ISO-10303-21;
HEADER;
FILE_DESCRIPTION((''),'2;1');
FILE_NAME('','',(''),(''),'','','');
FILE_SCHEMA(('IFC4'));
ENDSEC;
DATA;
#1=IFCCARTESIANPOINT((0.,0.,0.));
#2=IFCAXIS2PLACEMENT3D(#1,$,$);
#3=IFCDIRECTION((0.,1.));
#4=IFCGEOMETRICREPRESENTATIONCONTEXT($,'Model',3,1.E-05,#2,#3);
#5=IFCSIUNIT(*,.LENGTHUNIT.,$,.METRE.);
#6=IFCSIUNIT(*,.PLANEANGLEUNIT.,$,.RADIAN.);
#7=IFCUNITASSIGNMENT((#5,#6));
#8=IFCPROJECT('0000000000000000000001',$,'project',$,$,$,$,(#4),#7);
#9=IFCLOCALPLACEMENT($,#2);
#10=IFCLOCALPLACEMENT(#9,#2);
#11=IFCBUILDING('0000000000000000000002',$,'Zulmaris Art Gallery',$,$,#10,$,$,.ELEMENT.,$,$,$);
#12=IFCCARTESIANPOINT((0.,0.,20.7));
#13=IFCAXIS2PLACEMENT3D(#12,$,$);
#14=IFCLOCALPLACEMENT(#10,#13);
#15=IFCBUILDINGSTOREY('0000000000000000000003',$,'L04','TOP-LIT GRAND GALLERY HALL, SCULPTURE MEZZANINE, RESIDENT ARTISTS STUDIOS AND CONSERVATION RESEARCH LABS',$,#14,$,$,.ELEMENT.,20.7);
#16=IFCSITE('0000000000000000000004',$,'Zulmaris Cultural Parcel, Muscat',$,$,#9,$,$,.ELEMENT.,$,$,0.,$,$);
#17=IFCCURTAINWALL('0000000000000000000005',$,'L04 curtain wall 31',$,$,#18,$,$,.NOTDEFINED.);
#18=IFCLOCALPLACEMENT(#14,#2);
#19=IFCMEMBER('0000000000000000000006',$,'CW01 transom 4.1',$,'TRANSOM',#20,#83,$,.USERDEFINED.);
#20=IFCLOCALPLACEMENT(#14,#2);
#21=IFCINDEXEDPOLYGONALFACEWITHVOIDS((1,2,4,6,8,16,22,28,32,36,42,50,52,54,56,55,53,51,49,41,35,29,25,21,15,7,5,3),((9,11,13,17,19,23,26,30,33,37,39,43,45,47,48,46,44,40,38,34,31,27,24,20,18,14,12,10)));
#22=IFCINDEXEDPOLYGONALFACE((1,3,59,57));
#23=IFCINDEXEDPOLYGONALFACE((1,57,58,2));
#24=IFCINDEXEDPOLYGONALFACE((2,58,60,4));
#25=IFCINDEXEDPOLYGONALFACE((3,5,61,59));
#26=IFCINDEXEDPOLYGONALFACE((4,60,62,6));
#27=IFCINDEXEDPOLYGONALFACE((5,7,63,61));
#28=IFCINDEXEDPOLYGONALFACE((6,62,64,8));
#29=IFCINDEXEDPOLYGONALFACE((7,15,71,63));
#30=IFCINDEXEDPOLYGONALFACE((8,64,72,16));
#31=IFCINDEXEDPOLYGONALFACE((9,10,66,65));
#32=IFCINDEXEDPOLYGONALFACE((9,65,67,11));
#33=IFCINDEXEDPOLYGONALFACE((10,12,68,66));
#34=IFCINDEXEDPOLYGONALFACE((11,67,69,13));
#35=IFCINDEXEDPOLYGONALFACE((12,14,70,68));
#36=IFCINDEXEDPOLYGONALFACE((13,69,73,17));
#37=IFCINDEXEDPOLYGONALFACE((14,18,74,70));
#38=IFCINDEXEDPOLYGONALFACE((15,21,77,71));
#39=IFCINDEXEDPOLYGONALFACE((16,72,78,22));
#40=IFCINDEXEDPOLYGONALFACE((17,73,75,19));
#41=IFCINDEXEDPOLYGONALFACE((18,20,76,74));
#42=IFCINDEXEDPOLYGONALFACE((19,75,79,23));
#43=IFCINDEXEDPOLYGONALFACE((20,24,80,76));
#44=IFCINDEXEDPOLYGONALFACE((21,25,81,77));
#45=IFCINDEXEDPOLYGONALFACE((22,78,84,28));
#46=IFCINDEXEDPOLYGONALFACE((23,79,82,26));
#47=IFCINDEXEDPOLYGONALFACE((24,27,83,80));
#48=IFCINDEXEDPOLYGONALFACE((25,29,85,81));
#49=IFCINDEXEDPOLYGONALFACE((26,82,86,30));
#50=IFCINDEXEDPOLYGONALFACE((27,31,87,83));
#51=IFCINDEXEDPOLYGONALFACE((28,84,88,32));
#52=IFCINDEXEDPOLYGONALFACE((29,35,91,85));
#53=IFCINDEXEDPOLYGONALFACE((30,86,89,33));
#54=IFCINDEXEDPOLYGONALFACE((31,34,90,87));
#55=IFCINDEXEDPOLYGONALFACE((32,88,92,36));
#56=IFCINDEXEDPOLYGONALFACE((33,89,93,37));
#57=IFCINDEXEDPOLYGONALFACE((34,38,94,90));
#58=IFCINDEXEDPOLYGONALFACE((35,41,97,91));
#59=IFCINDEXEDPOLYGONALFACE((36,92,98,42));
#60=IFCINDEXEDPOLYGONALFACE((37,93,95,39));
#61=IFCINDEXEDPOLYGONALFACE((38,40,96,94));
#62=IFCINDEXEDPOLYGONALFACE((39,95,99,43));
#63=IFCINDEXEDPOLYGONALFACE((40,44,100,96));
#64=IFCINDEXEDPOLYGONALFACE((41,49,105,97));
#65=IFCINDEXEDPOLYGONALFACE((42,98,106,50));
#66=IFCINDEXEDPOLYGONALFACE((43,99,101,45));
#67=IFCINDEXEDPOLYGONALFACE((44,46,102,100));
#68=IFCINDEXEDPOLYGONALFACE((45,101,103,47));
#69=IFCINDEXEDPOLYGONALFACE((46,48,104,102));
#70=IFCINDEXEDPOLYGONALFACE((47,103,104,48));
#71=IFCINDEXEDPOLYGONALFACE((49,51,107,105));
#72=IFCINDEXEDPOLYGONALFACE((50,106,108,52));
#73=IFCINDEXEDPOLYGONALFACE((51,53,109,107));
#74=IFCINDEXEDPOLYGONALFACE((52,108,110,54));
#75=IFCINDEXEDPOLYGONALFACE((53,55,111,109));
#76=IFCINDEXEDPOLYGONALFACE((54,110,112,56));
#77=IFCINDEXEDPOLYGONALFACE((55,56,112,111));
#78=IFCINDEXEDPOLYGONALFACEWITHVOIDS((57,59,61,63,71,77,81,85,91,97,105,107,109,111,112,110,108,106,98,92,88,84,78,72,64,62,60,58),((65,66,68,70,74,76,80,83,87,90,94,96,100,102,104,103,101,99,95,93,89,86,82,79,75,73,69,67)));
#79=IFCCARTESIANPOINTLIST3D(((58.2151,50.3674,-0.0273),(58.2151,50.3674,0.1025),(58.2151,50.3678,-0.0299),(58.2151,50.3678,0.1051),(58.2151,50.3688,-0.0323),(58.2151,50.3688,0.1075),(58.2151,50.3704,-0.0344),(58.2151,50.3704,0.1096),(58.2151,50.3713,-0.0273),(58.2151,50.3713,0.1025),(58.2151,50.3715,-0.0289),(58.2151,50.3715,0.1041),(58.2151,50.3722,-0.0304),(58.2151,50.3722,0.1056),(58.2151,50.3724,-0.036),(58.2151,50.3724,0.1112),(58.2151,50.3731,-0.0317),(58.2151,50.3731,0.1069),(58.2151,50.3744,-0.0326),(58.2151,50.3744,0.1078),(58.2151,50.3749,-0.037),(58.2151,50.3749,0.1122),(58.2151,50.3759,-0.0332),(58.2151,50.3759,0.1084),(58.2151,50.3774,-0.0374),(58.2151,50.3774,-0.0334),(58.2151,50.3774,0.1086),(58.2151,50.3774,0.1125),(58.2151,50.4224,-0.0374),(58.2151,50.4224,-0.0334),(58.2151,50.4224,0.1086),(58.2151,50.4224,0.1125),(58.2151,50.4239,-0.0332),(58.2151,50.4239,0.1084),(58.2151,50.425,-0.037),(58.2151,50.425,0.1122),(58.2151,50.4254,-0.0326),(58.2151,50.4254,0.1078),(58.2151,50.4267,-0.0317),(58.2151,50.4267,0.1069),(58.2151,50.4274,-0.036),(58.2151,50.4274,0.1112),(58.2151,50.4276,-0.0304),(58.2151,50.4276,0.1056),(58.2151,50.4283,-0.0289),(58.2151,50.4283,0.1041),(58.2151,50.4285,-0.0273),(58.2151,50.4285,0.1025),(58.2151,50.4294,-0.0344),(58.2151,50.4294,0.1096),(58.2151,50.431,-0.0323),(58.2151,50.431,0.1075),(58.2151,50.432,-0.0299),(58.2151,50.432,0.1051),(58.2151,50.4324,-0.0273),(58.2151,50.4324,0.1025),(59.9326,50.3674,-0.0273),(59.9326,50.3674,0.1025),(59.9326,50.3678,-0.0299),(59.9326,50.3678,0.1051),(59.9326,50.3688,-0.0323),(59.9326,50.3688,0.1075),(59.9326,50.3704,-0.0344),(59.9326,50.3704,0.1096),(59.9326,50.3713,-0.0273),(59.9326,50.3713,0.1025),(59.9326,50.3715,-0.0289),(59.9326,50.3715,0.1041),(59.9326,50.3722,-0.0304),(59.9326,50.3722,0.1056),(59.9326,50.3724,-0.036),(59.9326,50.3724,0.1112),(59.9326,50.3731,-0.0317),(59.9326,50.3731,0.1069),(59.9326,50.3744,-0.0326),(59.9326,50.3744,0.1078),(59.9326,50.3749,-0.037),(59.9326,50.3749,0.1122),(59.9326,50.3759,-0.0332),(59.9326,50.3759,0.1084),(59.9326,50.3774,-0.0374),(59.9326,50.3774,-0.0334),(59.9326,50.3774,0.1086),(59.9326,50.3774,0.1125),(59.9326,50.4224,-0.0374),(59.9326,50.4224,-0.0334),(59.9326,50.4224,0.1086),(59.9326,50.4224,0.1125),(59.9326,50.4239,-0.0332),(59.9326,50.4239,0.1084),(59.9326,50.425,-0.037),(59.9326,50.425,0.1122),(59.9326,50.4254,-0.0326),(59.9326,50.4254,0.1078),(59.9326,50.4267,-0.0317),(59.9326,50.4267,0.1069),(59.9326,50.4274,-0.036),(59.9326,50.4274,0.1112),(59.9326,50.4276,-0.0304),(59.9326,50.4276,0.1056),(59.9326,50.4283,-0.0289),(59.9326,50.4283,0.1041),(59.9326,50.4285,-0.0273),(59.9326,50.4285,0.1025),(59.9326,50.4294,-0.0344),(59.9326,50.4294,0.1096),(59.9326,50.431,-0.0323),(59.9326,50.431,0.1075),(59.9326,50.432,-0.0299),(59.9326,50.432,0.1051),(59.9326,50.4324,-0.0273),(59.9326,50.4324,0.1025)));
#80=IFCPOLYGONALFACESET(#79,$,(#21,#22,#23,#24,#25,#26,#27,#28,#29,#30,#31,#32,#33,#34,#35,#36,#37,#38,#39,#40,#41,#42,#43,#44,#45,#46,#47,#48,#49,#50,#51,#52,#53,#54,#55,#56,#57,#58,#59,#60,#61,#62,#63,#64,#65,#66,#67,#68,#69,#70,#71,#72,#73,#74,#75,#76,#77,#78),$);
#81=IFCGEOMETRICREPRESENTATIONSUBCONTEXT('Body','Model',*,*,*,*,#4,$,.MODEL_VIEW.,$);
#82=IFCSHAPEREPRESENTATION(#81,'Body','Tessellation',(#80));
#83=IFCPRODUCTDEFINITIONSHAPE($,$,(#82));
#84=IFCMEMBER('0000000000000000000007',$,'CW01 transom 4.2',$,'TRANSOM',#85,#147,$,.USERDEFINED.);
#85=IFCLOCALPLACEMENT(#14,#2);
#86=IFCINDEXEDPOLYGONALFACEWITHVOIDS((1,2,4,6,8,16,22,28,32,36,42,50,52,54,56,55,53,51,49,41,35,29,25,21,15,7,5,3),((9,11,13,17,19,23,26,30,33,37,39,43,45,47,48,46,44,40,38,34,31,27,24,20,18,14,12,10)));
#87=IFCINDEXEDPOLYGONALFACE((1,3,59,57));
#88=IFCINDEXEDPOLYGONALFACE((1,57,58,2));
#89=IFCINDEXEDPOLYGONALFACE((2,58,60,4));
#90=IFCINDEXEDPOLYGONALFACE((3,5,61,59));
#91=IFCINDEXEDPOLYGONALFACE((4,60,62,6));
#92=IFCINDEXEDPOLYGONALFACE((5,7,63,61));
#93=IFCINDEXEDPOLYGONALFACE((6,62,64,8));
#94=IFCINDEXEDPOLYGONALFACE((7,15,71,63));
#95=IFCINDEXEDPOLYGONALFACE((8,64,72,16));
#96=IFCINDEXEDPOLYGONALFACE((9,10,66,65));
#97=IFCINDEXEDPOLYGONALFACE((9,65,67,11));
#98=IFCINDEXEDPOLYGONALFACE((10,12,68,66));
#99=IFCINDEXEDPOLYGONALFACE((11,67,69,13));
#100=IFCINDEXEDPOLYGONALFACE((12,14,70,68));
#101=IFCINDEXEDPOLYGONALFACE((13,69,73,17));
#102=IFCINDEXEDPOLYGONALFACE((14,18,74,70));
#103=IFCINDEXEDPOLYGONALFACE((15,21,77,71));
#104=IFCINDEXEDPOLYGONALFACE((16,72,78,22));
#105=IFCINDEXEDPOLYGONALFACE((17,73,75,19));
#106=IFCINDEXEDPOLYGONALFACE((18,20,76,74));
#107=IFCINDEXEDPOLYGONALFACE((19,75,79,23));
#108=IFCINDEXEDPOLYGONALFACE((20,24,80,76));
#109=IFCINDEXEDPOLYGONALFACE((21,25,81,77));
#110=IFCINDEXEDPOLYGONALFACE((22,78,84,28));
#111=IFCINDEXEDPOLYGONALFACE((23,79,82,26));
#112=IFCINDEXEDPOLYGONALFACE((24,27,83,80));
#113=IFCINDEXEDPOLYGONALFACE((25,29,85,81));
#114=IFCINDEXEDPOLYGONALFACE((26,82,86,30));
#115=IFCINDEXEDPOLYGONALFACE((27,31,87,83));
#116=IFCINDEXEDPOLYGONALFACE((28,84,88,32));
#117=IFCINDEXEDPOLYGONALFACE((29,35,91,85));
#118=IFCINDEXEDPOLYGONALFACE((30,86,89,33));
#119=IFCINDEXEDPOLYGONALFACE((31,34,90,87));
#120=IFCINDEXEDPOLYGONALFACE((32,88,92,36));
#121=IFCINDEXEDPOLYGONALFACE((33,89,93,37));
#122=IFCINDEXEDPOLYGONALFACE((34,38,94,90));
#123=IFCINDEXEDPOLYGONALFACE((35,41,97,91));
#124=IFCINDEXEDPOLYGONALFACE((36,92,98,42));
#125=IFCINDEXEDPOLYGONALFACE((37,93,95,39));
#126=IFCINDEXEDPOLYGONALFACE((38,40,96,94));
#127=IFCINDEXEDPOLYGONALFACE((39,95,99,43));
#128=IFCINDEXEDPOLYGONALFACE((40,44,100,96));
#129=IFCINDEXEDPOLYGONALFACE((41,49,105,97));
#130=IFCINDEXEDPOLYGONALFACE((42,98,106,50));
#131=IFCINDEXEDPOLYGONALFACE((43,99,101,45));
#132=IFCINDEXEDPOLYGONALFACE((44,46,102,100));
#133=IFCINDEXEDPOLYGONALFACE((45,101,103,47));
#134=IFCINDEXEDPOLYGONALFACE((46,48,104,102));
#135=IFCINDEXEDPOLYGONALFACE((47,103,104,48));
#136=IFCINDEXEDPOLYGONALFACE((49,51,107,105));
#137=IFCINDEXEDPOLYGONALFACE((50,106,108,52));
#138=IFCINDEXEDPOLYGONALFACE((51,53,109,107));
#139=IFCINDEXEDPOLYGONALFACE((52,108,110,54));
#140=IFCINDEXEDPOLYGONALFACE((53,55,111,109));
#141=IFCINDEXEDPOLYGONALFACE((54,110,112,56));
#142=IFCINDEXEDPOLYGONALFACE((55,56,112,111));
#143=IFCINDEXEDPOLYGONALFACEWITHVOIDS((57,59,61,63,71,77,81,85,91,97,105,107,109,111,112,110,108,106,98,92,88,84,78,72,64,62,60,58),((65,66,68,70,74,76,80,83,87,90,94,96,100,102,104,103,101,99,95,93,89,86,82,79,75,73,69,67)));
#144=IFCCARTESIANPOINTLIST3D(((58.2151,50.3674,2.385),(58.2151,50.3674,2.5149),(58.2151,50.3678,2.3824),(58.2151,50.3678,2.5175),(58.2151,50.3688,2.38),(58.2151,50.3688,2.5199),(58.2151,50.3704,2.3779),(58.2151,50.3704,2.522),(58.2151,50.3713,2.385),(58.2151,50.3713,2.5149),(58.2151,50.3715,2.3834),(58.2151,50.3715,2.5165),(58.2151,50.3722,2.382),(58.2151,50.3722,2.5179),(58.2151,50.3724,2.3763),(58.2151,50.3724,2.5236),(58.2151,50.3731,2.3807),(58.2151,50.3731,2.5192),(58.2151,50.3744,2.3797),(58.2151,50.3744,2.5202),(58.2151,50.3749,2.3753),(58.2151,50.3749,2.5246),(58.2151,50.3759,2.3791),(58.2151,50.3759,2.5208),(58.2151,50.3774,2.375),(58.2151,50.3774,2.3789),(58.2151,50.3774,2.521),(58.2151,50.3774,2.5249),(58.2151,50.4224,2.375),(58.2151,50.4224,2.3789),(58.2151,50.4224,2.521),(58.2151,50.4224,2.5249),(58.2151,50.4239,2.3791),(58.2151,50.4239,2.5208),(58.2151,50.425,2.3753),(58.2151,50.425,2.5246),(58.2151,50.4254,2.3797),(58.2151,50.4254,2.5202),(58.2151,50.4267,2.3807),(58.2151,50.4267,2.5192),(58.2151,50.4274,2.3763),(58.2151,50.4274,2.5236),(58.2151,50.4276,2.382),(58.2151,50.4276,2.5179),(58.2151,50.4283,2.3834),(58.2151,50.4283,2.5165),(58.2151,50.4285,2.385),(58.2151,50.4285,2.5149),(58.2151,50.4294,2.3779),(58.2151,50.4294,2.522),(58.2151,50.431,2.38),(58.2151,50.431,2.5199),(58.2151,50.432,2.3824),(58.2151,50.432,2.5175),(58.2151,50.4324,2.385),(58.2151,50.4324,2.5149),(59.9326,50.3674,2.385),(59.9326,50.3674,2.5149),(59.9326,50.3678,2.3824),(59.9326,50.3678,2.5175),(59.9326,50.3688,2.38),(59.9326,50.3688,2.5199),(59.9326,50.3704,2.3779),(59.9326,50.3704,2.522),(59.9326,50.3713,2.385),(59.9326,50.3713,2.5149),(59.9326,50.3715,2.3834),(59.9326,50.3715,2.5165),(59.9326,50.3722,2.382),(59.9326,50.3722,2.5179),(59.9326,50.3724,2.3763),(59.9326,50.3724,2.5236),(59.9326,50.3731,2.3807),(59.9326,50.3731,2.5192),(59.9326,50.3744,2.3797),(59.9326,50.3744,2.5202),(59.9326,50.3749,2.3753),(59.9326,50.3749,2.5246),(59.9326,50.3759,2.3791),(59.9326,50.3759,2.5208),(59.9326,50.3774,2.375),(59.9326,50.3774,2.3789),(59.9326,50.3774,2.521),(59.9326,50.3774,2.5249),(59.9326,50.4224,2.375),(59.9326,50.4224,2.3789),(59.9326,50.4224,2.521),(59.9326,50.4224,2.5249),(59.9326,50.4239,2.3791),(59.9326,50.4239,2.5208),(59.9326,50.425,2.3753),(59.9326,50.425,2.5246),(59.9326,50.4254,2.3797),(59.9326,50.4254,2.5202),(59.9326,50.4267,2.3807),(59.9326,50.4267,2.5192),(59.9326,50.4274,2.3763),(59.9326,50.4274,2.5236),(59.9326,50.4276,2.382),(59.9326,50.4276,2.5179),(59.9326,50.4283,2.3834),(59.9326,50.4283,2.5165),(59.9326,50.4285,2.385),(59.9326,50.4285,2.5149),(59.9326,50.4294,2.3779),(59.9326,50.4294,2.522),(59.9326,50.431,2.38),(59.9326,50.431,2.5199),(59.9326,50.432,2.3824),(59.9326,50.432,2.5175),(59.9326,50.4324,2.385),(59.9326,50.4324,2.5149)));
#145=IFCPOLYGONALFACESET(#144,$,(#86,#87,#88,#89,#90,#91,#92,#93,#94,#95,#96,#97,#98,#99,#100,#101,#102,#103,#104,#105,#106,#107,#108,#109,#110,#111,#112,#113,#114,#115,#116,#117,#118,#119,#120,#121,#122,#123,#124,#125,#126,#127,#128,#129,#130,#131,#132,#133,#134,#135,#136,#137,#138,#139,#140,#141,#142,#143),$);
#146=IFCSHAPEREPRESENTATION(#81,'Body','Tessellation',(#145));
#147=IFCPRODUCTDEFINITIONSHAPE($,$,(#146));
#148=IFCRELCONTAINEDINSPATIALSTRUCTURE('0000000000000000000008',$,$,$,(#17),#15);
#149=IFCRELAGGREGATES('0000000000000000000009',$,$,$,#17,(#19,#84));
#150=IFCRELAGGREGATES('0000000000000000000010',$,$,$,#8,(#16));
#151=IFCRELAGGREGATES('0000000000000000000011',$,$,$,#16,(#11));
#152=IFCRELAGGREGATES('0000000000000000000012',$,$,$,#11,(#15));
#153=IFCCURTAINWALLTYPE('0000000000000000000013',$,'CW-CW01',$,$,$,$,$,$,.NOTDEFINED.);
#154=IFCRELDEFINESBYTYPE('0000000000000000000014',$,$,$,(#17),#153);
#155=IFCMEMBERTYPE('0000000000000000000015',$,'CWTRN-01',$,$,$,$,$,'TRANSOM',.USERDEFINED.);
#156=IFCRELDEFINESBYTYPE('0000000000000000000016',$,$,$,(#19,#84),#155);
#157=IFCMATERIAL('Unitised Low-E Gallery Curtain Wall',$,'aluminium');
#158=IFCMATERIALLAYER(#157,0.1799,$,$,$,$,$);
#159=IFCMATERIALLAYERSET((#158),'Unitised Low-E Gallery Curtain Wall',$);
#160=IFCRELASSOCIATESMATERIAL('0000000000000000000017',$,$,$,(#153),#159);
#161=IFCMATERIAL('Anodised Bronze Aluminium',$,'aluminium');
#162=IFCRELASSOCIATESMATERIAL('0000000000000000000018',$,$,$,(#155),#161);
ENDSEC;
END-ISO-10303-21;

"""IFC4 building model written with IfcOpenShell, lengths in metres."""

from ifc_helpers import new_model, si_unit, direction, frame, origin, origin_2d, place, context, subcontext, project, spatial, hollow_rectangle, extrude, material, layer, layer_set, material_profile, profile_set, type_object, element, aggregate, save


model = new_model("IFC4")

# Units and contexts
model_context = context("Model", 3, precision=1e-05, world=origin(), true_north=direction((0.0, 1.0)))
body_context = subcontext(model_context, "Body", "Model", "MODEL_VIEW")
ifc_project = project(units=[si_unit("LENGTHUNIT", "METRE"), si_unit("PLANEANGLEUNIT", "RADIAN")], contexts=[model_context])

# Site, building, storey
site_placement = place(None, origin())
site = spatial("IfcSite", under=ifc_project, at=site_placement, Name="Zulmaris Cultural Parcel, Muscat", CompositionType="ELEMENT", RefElevation=0.0)
building_placement = place(site_placement, origin())
building = spatial("IfcBuilding", under=site, at=building_placement, Name="Zulmaris Art Gallery", CompositionType="ELEMENT")
storey_placement = place(building_placement, frame((0.0, 0.0, 20.7)))
storey = spatial("IfcBuildingStorey", under=building, at=storey_placement, Name="L04", Description="TOP-LIT GRAND GALLERY HALL, SCULPTURE MEZZANINE, RESIDENT ARTISTS STUDIOS AND CONSERVATION RESEARCH LABS", CompositionType="ELEMENT", Elevation=20.7)

# Curtain wall
ifc_material_1 = material(Name="Unitised Low-E Gallery Curtain Wall", Category="aluminium")
ifc_layer_1 = layer(ifc_material_1, 0.1799)
ifc_layer_set_1 = layer_set([ifc_layer_1], Name="Unitised Low-E Gallery Curtain Wall")
curtain_wall_type = type_object("IfcCurtainWallType", Name="CW-CW01", PredefinedType="NOTDEFINED", material=ifc_layer_set_1)
ifc_material_2 = material(Name="Anodised Bronze Aluminium", Category="aluminium")
curtain_wall_1_placement = place(storey_placement, origin())
curtain_wall_1 = element("IfcCurtainWall", 1, at=curtain_wall_1_placement, inside=storey, type_object=curtain_wall_type, Name="L04 curtain wall 31", PredefinedType="NOTDEFINED")

# Members
ifc_material_profile_1 = material_profile(ifc_material_2, hollow_rectangle(XDim=0.0649, YDim=0.1499, WallThickness=0.0039, InnerFilletRadius=0.0061, OuterFilletRadius=0.01, at=origin_2d()), Name="ALU 65x150x4")
ifc_profile_set_1 = profile_set([ifc_material_profile_1], Name="Anodised Bronze Aluminium")
member_type_1 = type_object("IfcMemberType", Name="CWTRN-01", ElementType="TRANSOM", PredefinedType="USERDEFINED", material=ifc_profile_set_1)
member_1_placement = place(storey_placement, frame((59.9326, 50.3999, 0.0376), z_axis=(-1.0, 0.0, 0.0), x_axis=(0.0, -1.0, 0.0)))
member_1 = element("IfcMember", 2, at=member_1_placement, type_object=member_type_1, Name="CW01 transom 4.1", ObjectType="TRANSOM", PredefinedType="USERDEFINED", context=body_context, shape_type="SweptSolid", body=[
    extrude(hollow_rectangle(XDim=0.0649, YDim=0.1499, WallThickness=0.0039, InnerFilletRadius=0.0061, OuterFilletRadius=0.01, at=origin_2d()), origin(), (0.0, 0.0, 1.0), 1.7175),
])
member_2_placement = place(storey_placement, frame((59.9326, 50.3999, 2.45), z_axis=(-1.0, 0.0, 0.0), x_axis=(0.0, -1.0, 0.0)))
member_2 = element("IfcMember", 3, at=member_2_placement, type_object=member_type_1, Name="CW01 transom 4.2", ObjectType="TRANSOM", PredefinedType="USERDEFINED", context=body_context, shape_type="SweptSolid", body=[
    extrude(hollow_rectangle(XDim=0.0649, YDim=0.1499, WallThickness=0.0039, InnerFilletRadius=0.0061, OuterFilletRadius=0.01, at=origin_2d()), origin(), (0.0, 0.0, 1.0), 1.7175),
])

aggregate(curtain_wall_1, [member_1, member_2])

save(model, "model.ifc")
